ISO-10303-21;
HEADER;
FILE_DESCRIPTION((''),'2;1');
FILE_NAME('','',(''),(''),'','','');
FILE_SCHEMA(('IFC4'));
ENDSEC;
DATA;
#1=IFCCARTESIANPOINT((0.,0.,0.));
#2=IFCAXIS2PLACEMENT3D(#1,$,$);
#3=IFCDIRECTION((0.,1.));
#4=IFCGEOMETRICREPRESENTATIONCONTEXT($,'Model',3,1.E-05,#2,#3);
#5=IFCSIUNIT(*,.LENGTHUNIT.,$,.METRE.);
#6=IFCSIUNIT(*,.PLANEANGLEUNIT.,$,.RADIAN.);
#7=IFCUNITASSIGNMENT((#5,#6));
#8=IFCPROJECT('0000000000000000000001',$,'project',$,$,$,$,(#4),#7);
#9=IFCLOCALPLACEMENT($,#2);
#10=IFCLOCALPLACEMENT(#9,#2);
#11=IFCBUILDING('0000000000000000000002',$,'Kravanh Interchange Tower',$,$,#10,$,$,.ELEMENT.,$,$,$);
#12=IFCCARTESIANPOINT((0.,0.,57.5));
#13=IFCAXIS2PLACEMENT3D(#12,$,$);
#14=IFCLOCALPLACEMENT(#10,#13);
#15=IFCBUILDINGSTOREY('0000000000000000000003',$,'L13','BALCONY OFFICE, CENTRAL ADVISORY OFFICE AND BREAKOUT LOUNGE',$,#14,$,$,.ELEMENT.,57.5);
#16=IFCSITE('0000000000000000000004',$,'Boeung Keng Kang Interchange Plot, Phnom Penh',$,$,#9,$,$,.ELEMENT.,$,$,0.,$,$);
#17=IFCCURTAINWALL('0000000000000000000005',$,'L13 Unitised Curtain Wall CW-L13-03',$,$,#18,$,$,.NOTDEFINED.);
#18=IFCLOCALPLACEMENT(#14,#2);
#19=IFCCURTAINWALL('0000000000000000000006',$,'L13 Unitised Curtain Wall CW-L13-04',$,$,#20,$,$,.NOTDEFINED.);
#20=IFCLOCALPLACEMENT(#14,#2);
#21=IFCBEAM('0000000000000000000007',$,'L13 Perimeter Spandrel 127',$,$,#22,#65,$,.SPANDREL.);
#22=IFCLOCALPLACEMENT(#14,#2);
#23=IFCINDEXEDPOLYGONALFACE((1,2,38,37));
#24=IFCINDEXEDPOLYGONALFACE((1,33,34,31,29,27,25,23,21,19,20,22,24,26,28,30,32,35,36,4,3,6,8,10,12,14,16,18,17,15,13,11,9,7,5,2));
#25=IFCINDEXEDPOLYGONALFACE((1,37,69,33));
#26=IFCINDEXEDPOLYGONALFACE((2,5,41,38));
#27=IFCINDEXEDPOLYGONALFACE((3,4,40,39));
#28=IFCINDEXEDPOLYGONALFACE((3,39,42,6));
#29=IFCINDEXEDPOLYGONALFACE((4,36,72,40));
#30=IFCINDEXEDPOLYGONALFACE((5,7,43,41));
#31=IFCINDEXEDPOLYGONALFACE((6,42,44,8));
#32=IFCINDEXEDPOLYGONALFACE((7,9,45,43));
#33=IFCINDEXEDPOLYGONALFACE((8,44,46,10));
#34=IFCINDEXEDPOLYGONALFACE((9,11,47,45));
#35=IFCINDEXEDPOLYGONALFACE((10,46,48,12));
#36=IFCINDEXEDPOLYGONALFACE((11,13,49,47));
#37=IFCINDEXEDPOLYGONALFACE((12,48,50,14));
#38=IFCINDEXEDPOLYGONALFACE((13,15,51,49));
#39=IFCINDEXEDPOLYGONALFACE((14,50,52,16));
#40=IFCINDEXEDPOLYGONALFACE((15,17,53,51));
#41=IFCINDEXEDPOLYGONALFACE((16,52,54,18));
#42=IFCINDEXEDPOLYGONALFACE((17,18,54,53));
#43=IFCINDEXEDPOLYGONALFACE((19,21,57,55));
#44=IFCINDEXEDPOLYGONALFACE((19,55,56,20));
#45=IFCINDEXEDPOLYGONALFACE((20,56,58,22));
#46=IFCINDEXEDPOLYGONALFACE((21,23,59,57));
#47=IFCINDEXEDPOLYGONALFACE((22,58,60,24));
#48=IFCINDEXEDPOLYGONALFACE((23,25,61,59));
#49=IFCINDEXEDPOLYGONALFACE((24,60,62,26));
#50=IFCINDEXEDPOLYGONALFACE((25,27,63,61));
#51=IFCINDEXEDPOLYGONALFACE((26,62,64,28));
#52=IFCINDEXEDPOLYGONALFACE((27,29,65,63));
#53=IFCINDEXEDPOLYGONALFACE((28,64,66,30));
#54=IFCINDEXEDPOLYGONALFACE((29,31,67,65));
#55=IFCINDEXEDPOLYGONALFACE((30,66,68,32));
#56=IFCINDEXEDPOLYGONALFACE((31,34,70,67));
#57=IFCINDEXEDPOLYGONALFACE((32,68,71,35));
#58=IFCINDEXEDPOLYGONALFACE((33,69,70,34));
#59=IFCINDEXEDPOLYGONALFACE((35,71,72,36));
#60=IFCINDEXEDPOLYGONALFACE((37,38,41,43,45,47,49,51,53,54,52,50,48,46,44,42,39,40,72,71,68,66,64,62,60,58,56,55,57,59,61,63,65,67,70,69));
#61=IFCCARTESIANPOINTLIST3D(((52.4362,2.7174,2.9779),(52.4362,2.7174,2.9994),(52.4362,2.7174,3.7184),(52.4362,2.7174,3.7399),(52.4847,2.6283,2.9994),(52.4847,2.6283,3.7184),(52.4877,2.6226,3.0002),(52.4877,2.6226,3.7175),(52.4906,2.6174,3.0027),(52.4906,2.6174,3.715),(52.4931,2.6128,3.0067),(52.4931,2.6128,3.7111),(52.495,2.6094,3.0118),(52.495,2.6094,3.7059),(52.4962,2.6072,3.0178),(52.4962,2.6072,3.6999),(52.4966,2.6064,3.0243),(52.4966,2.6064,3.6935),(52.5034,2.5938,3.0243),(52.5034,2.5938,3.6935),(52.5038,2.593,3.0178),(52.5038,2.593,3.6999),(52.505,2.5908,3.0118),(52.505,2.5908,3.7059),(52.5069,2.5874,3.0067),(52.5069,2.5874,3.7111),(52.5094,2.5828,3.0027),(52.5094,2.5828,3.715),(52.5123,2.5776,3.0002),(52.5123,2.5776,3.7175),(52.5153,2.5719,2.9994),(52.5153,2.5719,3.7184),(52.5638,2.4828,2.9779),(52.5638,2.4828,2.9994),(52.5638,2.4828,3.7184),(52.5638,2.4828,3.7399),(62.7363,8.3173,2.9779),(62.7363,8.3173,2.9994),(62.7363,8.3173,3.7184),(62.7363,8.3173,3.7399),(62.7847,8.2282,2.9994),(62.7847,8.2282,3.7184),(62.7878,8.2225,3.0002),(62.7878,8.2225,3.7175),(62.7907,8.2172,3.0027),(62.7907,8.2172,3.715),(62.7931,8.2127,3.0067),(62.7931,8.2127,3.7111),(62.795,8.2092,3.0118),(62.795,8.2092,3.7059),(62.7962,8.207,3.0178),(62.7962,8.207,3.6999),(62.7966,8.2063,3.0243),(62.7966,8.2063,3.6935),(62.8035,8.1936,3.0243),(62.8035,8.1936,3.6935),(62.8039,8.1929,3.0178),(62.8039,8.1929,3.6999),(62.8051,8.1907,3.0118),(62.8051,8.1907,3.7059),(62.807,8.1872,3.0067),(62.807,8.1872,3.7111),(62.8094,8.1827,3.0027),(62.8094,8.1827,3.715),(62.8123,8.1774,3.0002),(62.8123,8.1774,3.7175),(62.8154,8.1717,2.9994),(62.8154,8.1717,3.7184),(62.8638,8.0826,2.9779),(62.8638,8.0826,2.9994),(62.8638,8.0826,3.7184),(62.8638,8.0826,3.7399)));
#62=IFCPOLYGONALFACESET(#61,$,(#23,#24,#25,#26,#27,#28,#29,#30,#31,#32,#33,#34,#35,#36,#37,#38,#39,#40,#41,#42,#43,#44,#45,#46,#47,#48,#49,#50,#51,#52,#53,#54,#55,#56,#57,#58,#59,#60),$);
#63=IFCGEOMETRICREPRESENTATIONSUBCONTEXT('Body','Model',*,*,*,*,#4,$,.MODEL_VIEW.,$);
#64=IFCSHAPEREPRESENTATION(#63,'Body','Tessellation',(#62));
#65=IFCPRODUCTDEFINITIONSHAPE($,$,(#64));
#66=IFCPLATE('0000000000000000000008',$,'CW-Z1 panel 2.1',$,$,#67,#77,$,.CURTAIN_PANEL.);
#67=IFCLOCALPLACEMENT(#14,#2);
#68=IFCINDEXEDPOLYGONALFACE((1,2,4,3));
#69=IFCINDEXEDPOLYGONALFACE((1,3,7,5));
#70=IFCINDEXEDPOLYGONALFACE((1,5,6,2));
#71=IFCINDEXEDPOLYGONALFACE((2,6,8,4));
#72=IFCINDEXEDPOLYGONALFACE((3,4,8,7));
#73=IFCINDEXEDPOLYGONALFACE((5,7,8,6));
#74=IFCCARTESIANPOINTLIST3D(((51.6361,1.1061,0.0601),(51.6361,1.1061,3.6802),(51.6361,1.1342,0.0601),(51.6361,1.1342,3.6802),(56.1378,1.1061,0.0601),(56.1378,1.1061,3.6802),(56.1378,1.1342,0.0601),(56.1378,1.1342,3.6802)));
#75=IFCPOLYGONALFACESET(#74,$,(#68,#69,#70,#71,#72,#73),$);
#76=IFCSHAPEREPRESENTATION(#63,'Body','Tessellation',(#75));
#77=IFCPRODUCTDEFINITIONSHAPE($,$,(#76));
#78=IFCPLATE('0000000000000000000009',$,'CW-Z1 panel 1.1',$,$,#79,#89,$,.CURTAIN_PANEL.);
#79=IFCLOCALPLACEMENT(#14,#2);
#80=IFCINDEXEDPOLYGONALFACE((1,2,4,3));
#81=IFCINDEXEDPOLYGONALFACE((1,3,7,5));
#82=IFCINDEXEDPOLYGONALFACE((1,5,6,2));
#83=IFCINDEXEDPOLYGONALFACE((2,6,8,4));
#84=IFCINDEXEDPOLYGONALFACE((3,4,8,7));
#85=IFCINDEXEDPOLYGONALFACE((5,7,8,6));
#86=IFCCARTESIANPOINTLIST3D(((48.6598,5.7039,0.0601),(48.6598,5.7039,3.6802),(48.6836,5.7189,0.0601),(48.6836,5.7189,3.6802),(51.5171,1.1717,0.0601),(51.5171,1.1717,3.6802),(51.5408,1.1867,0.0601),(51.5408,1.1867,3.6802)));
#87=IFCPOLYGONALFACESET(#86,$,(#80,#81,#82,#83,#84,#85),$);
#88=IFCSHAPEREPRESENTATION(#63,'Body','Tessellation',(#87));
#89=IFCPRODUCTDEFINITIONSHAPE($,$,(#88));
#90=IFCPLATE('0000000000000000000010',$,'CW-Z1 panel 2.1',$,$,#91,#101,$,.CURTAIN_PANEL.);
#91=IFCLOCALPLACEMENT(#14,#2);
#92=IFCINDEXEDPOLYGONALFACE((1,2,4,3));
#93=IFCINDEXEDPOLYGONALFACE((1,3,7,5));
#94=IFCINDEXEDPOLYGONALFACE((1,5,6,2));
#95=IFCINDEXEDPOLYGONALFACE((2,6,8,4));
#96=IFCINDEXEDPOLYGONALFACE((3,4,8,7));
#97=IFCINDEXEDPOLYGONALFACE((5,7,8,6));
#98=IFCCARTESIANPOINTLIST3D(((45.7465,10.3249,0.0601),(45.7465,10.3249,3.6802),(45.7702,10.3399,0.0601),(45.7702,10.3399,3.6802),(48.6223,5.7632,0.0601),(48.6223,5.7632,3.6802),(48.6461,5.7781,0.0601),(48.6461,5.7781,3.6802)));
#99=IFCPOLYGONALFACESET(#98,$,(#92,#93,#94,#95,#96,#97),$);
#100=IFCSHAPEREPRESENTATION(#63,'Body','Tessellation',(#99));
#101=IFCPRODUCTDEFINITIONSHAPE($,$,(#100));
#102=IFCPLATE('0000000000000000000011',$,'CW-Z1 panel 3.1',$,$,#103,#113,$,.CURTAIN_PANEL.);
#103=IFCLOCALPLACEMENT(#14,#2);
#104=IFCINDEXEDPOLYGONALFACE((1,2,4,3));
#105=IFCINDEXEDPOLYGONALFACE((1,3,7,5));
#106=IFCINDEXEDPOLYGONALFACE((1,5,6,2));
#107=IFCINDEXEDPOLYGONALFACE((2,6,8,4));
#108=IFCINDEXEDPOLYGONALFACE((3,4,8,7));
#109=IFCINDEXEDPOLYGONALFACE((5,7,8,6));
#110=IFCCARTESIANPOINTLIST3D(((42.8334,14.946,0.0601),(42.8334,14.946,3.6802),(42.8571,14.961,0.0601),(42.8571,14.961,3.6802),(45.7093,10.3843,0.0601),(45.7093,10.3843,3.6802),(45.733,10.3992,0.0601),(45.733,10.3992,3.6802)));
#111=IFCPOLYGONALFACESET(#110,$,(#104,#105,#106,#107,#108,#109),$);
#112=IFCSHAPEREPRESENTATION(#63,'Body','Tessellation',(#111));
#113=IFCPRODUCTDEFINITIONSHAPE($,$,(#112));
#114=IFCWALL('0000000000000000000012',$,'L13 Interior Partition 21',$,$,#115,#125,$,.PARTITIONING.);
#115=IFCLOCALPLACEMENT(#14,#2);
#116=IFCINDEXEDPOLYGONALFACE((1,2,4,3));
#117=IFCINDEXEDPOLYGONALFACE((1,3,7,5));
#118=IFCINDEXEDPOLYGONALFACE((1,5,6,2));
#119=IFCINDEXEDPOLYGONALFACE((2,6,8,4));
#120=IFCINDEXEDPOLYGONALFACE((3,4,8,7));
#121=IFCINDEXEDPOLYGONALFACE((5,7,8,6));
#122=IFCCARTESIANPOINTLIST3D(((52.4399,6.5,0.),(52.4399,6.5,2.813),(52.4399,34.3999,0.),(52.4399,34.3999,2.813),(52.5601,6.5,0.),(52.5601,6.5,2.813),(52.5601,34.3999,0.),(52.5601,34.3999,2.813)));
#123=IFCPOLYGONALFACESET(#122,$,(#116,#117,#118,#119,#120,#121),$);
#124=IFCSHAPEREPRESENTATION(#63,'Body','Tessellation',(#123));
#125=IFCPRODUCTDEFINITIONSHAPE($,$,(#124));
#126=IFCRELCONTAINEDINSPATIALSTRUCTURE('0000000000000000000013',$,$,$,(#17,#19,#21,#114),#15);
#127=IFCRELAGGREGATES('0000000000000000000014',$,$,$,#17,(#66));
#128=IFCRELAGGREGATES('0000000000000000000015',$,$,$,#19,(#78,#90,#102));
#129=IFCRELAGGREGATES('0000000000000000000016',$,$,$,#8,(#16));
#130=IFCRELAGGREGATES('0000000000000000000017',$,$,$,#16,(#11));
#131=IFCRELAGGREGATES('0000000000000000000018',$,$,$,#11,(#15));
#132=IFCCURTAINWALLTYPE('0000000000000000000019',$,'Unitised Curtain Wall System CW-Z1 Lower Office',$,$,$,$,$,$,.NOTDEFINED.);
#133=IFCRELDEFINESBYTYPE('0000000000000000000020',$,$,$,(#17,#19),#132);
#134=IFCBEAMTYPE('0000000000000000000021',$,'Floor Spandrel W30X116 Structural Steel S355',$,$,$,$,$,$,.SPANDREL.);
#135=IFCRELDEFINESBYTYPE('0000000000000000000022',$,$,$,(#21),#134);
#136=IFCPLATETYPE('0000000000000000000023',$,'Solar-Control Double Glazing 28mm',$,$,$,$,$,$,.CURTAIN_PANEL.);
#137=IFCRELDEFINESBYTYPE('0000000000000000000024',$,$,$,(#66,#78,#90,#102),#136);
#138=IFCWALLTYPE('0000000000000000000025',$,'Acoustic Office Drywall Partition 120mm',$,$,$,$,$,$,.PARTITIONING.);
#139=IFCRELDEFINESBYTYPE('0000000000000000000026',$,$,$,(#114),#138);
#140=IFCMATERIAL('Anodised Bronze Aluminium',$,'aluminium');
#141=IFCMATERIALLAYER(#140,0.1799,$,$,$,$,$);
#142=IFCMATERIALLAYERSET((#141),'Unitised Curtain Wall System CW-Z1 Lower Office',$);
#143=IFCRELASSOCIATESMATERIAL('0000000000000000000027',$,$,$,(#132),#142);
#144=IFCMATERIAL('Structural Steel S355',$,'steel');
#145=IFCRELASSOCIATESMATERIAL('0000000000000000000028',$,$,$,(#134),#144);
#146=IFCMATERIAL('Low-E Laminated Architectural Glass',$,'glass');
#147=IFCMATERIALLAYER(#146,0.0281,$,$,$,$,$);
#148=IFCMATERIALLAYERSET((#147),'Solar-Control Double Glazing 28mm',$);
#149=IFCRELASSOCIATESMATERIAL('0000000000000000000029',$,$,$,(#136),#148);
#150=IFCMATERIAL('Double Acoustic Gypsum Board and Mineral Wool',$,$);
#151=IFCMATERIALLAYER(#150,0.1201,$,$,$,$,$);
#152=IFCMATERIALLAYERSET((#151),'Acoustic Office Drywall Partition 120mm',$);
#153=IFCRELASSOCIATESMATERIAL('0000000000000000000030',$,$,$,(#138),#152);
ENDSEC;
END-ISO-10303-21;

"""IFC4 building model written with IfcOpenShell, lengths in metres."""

from ifc_helpers import new_model, si_unit, direction, frame, frame_2d, origin, origin_2d, place, context, subcontext, project, spatial, rectangle, i_section, extrude, material, layer, layer_set, material_profile, profile_set, type_object, element, aggregate, save


model = new_model("IFC4")

# Units and contexts
model_context = context("Model", 3, precision=1e-05, world=origin(), true_north=direction((0.0, 1.0)))
body_context = subcontext(model_context, "Body", "Model", "MODEL_VIEW")
ifc_project = project(units=[si_unit("LENGTHUNIT", "METRE"), si_unit("PLANEANGLEUNIT", "RADIAN")], contexts=[model_context])

# Site, building, storey
site_placement = place(None, origin())
site = spatial("IfcSite", under=ifc_project, at=site_placement, Name="Boeung Keng Kang Interchange Plot, Phnom Penh", CompositionType="ELEMENT", RefElevation=0.0)
building_placement = place(site_placement, origin())
building = spatial("IfcBuilding", under=site, at=building_placement, Name="Kravanh Interchange Tower", CompositionType="ELEMENT")
storey_placement = place(building_placement, frame((0.0, 0.0, 57.5)))
storey = spatial("IfcBuildingStorey", under=building, at=storey_placement, Name="L13", Description="BALCONY OFFICE, CENTRAL ADVISORY OFFICE AND BREAKOUT LOUNGE", CompositionType="ELEMENT", Elevation=57.5)

# Curtain wall
ifc_material_1 = material(Name="Anodised Bronze Aluminium", Category="aluminium")
ifc_layer_1 = layer(ifc_material_1, 0.1799)
ifc_layer_set_1 = layer_set([ifc_layer_1], Name="Unitised Curtain Wall System CW-Z1 Lower Office")
curtain_wall_type = type_object("IfcCurtainWallType", Name="Unitised Curtain Wall System CW-Z1 Lower Office", PredefinedType="NOTDEFINED", material=ifc_layer_set_1)
curtain_wall_1_placement = place(storey_placement, origin())
curtain_wall_1 = element("IfcCurtainWall", 1, at=curtain_wall_1_placement, inside=storey, type_object=curtain_wall_type, Name="L13 Unitised Curtain Wall CW-L13-03", PredefinedType="NOTDEFINED")

# Curtain wall
curtain_wall_2_placement = place(storey_placement, origin())
curtain_wall_2 = element("IfcCurtainWall", 2, at=curtain_wall_2_placement, inside=storey, type_object=curtain_wall_type, Name="L13 Unitised Curtain Wall CW-L13-04", PredefinedType="NOTDEFINED")

# Beam
ifc_material_2 = material(Name="Structural Steel S355", Category="steel")
ifc_material_profile_1 = material_profile(ifc_material_2, i_section(OverallWidth=0.2671, OverallDepth=0.762, WebThickness=0.0144, FlangeThickness=0.0215, FilletRadius=0.0249, at=origin_2d()), Name="W30X116")
ifc_profile_set_1 = profile_set([ifc_material_profile_1], Name="Structural Steel S355")
beam_type = type_object("IfcBeamType", Name="Floor Spandrel W30X116 Structural Steel S355", PredefinedType="SPANDREL", material=ifc_profile_set_1)
beam_1_placement = place(storey_placement, frame((52.5, 2.6001, 3.3589), z_axis=(0.878553, 0.477645, 0.0), x_axis=(-0.477645, 0.878553, 0.0)))
element("IfcBeam", 3, at=beam_1_placement, inside=storey, type_object=beam_type, Name="L13 Perimeter Spandrel 127", PredefinedType="SPANDREL", context=body_context, shape_type="SweptSolid", body=[
    extrude(i_section(OverallWidth=0.2671, OverallDepth=0.762, WebThickness=0.0144, FlangeThickness=0.0215, FilletRadius=0.0249, at=origin_2d()), origin(), (0.0, 0.0, 1.0), 11.7239),
])

# Plates
ifc_material_3 = material(Name="Low-E Laminated Architectural Glass", Category="glass")
ifc_layer_2 = layer(ifc_material_3, 0.0281)
ifc_layer_set_2 = layer_set([ifc_layer_2], Name="Solar-Control Double Glazing 28mm")
plate_type = type_object("IfcPlateType", Name="Solar-Control Double Glazing 28mm", PredefinedType="CURTAIN_PANEL", material=ifc_layer_set_2)
plate_1_placement = place(storey_placement, frame((53.887, 1.1201, 0.0601), z_axis=(0.0, 0.0, 1.0), x_axis=(-1.0, 0.0, 0.0)))
plate_1 = element("IfcPlate", 4, at=plate_1_placement, type_object=plate_type, Name="CW-Z1 panel 2.1", PredefinedType="CURTAIN_PANEL", context=body_context, shape_type="SweptSolid", body=[
    extrude(rectangle(XDim=4.5017, YDim=0.0281, at=origin_2d()), origin(), (0.0, 0.0, 1.0), 3.6201),
])
aggregate(curtain_wall_1, [plate_1])
plate_2_placement = place(storey_placement, frame((50.1003, 3.4453, 0.0601), z_axis=(0.0, 0.0, 1.0), x_axis=(-0.533301, 0.845926, 0.0)))
plate_2 = element("IfcPlate", 5, at=plate_2_placement, type_object=plate_type, Name="CW-Z1 panel 1.1", PredefinedType="CURTAIN_PANEL", context=body_context, shape_type="SweptSolid", body=[
    extrude(rectangle(XDim=5.3577, YDim=0.0281, at=origin_2d()), origin(), (0.0, 0.0, 1.0), 3.6201),
])
plate_3_placement = place(storey_placement, frame((47.1963, 8.0515, 0.0601), z_axis=(0.0, 0.0, 1.0), x_axis=(-0.533301, 0.845926, 0.0)))
plate_3 = element("IfcPlate", 6, at=plate_3_placement, type_object=plate_type, Name="CW-Z1 panel 2.1", PredefinedType="CURTAIN_PANEL", context=body_context, shape_type="SweptSolid", body=[
    extrude(rectangle(XDim=5.3926, YDim=0.0281, at=origin_2d()), origin(), (0.0, 0.0, 1.0), 3.6201),
])
plate_4_placement = place(storey_placement, frame((44.2832, 12.6726, 0.0601), z_axis=(0.0, 0.0, 1.0), x_axis=(-0.533301, 0.845926, 0.0)))
plate_4 = element("IfcPlate", 7, at=plate_4_placement, type_object=plate_type, Name="CW-Z1 panel 3.1", PredefinedType="CURTAIN_PANEL", context=body_context, shape_type="SweptSolid", body=[
    extrude(rectangle(XDim=5.3926, YDim=0.0281, at=origin_2d()), origin(), (0.0, 0.0, 1.0), 3.6201),
])
aggregate(curtain_wall_2, [plate_2, plate_3, plate_4])

# Wall
ifc_material_4 = material(Name="Double Acoustic Gypsum Board and Mineral Wool")
ifc_layer_3 = layer(ifc_material_4, 0.1201)
ifc_layer_set_3 = layer_set([ifc_layer_3], Name="Acoustic Office Drywall Partition 120mm")
wall_type = type_object("IfcWallType", Name="Acoustic Office Drywall Partition 120mm", PredefinedType="PARTITIONING", material=ifc_layer_set_3)
wall_1_placement = place(storey_placement, frame((52.5, 6.5, 0.0), z_axis=(0.0, 0.0, 1.0), x_axis=(0.0, 1.0, 0.0)))
element("IfcWall", 8, at=wall_1_placement, inside=storey, type_object=wall_type, Name="L13 Interior Partition 21", PredefinedType="PARTITIONING", context=body_context, shape_type="SweptSolid", body=[
    extrude(rectangle(XDim=27.8999, YDim=0.1201, at=frame_2d((13.95, 0.0))), origin(), (0.0, 0.0, 1.0), 2.813),
])

save(model, "model.ifc")
